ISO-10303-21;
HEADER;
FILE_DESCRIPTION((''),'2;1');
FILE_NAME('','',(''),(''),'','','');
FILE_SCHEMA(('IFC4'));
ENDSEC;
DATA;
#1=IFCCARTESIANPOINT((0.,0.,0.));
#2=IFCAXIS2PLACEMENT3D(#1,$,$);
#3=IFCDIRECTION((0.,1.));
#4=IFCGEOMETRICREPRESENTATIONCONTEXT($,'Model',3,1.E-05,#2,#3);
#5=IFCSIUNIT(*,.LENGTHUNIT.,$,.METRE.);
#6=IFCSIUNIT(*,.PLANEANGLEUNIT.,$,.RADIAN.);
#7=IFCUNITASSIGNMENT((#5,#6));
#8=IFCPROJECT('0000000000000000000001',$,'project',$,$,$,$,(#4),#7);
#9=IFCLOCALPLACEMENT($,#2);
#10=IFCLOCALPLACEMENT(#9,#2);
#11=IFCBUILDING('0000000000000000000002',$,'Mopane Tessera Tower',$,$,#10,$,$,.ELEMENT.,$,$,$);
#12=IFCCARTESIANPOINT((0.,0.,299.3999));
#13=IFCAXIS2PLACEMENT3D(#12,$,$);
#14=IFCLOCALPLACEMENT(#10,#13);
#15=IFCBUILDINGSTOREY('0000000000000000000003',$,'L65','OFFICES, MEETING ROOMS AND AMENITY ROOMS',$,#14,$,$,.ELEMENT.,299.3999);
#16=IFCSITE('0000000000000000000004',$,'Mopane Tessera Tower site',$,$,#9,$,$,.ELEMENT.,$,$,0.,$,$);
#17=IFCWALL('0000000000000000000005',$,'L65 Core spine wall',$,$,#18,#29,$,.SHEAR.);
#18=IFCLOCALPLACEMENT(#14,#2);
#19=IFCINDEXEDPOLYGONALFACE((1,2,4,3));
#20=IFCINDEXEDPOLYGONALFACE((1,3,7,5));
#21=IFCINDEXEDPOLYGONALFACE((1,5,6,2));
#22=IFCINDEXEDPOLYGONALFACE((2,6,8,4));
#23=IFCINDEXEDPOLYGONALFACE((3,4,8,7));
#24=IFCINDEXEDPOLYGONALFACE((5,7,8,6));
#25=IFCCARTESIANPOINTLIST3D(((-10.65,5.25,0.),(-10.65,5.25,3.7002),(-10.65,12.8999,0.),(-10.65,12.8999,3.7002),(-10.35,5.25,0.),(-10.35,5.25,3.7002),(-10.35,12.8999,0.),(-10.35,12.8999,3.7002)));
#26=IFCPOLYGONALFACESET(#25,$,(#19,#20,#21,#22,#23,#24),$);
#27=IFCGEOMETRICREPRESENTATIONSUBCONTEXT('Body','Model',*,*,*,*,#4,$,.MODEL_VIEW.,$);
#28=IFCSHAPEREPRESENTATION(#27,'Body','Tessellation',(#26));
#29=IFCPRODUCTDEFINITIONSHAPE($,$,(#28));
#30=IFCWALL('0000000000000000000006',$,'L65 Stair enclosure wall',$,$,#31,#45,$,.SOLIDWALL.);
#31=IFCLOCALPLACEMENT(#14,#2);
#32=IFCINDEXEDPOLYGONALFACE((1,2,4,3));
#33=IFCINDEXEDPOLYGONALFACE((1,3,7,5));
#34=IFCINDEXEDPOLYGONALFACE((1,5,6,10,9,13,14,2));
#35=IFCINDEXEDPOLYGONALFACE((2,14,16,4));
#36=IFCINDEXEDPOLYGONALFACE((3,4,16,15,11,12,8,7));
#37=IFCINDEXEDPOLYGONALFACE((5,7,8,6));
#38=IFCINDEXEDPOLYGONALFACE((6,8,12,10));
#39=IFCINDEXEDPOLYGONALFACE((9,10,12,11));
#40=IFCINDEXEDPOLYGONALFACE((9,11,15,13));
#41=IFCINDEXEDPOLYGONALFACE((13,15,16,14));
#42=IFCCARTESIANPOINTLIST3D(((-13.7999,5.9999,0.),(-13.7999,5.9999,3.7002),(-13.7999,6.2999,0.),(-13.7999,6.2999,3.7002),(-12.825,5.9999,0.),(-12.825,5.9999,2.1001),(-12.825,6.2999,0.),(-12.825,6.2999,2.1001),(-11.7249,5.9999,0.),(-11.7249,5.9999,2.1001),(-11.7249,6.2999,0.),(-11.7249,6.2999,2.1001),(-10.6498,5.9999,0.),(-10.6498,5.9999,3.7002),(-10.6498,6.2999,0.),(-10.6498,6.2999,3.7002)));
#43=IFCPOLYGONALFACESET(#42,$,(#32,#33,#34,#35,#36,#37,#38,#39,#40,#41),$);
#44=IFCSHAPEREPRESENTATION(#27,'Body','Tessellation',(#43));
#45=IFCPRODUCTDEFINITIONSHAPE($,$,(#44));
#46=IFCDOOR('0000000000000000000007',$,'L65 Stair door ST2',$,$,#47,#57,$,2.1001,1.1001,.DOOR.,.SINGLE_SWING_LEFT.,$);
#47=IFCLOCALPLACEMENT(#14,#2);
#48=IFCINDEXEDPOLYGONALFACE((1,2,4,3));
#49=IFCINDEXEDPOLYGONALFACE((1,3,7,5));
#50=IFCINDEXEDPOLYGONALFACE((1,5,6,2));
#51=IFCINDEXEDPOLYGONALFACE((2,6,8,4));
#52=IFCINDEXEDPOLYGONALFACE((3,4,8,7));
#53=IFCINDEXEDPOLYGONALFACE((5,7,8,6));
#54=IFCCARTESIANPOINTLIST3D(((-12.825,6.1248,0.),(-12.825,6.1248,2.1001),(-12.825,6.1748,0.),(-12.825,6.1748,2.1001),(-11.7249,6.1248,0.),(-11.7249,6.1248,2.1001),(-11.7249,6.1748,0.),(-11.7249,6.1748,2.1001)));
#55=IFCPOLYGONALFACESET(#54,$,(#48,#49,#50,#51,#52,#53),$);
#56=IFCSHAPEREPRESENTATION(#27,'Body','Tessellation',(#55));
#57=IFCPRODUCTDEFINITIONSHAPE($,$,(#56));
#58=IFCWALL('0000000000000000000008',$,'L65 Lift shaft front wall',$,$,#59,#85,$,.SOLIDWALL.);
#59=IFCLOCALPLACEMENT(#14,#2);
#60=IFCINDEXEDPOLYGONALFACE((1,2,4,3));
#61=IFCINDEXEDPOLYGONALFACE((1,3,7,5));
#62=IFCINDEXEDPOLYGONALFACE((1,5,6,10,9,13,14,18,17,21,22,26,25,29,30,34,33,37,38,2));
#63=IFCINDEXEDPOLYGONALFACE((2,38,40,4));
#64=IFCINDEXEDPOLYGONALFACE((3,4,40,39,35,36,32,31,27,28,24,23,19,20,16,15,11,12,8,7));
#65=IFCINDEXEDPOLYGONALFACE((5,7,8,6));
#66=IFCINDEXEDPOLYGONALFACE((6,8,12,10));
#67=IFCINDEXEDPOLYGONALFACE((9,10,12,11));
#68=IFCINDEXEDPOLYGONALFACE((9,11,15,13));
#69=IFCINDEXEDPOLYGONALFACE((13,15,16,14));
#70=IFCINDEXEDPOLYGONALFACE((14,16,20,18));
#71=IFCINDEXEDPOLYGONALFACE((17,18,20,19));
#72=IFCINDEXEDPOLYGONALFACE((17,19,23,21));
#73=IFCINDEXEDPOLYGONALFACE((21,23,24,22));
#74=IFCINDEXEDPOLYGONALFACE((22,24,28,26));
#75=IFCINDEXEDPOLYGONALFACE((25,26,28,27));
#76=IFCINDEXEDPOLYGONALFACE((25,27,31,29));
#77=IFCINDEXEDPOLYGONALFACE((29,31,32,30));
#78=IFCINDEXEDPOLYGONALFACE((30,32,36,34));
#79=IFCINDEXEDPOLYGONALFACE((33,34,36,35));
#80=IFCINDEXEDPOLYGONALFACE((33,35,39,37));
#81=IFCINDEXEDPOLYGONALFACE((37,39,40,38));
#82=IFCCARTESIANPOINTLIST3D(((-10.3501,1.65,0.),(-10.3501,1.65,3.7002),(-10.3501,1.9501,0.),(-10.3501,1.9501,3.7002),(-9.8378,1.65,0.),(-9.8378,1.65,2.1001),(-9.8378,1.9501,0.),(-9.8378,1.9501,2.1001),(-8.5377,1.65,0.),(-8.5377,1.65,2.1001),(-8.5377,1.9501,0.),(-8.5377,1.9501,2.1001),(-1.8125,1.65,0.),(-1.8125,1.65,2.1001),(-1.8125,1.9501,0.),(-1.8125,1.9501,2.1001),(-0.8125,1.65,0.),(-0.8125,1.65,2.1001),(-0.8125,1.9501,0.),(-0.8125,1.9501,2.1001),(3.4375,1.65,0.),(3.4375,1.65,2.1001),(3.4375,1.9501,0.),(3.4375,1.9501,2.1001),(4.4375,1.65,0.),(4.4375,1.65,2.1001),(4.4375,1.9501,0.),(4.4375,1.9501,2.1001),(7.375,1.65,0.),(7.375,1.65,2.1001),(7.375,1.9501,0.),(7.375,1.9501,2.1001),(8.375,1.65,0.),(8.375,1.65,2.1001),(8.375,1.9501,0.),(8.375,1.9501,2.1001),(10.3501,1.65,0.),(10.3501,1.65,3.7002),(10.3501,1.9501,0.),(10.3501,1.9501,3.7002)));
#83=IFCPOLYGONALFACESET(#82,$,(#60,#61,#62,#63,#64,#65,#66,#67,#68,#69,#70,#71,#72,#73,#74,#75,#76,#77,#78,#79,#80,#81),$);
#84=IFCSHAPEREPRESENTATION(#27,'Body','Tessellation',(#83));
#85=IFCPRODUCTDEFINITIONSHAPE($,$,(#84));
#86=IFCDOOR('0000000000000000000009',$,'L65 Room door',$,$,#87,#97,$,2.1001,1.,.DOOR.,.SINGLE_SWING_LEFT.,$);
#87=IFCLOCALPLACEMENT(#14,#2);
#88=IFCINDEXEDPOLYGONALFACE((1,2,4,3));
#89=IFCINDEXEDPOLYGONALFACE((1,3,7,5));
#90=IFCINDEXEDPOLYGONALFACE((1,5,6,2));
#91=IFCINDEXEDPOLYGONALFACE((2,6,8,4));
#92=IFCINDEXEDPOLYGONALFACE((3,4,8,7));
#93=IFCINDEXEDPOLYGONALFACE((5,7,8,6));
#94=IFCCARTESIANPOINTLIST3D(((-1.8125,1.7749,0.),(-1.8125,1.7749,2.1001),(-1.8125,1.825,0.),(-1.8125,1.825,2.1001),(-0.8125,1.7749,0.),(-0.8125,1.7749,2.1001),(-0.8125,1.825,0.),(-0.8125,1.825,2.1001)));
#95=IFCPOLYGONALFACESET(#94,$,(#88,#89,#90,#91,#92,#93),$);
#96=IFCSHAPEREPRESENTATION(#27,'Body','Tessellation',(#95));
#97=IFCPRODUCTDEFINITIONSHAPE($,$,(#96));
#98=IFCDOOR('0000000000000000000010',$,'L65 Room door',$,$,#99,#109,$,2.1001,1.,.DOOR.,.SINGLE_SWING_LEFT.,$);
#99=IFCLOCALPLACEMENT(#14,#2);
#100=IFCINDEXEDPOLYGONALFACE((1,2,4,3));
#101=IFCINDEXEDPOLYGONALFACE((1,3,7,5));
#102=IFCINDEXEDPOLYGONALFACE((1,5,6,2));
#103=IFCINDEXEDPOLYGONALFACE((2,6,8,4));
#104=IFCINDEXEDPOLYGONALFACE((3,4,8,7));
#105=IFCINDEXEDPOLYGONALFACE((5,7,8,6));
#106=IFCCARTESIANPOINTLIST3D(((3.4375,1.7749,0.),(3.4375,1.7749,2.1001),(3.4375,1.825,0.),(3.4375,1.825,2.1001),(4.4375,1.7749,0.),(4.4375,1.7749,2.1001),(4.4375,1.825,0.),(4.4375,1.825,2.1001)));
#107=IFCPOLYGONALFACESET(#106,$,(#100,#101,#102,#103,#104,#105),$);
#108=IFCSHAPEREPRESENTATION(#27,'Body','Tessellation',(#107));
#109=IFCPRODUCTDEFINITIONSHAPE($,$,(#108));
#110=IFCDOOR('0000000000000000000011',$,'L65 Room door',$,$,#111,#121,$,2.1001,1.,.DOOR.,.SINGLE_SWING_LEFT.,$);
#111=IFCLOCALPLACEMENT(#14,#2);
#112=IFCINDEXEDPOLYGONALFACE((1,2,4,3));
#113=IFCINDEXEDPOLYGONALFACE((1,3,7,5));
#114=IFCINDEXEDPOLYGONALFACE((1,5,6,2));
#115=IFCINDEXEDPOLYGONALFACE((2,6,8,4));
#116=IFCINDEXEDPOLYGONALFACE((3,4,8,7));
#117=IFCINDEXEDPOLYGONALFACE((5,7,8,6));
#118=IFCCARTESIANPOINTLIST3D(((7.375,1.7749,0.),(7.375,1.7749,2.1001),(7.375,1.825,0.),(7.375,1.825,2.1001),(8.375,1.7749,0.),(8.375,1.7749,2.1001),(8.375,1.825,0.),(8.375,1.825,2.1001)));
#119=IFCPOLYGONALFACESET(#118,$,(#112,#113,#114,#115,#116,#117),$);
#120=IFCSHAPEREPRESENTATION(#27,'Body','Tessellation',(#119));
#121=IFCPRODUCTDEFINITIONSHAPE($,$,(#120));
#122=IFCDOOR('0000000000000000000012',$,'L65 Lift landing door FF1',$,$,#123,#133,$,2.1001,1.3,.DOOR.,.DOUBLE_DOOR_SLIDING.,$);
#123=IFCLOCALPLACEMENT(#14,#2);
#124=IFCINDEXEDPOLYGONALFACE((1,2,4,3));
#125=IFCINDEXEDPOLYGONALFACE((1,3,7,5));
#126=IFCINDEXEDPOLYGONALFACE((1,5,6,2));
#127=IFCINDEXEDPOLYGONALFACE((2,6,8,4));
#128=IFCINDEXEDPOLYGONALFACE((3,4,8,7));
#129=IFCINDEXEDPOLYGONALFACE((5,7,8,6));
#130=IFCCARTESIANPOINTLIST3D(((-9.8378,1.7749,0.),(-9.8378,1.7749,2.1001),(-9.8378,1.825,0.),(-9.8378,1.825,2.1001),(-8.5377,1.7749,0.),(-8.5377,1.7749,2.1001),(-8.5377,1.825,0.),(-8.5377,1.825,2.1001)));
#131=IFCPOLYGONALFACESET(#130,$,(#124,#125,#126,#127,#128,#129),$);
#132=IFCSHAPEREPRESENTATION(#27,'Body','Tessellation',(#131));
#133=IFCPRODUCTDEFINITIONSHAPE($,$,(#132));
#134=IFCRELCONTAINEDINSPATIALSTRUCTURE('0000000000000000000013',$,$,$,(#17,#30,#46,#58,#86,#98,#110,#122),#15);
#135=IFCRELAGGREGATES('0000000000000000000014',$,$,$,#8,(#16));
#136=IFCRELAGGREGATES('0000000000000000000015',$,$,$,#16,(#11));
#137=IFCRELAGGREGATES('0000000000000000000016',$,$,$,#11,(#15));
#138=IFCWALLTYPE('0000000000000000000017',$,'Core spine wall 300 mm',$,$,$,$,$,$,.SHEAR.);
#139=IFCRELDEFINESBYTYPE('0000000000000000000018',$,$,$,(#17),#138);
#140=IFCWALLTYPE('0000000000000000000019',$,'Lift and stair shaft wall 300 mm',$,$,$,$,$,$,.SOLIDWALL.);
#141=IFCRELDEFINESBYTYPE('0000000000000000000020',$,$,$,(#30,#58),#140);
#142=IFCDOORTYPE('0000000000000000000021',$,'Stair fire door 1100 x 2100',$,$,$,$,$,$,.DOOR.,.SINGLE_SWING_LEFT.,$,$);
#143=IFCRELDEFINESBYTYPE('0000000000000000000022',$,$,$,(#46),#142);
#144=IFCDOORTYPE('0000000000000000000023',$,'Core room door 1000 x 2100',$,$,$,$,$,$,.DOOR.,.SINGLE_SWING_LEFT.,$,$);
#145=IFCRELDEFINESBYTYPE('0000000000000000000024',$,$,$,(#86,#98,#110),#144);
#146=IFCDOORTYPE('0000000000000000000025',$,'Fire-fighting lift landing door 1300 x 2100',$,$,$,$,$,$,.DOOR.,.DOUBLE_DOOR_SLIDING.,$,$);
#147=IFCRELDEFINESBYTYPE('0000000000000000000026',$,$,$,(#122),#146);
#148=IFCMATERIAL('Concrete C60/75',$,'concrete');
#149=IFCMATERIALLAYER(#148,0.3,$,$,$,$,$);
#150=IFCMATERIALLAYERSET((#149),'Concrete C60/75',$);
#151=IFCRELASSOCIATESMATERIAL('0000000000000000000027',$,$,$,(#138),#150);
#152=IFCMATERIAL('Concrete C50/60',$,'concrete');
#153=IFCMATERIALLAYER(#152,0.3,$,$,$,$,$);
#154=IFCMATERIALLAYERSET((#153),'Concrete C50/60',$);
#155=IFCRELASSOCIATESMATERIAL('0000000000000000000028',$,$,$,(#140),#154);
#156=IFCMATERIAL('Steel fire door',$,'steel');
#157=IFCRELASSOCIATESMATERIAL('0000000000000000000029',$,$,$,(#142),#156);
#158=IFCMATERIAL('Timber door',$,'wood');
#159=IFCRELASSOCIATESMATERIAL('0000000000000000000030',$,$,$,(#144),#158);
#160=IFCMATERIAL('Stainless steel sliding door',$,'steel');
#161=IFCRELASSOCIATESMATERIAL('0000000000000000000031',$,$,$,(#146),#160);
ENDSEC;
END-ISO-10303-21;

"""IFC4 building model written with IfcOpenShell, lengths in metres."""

from ifc_helpers import new_model, si_unit, direction, frame, frame_2d, origin, place, context, subcontext, project, spatial, rectangle, extrude, material, layer, layer_set, type_object, element, fill, save


model = new_model("IFC4")

# Units and contexts
model_context = context("Model", 3, precision=1e-05, world=origin(), true_north=direction((0.0, 1.0)))
body_context = subcontext(model_context, "Body", "Model", "MODEL_VIEW")
ifc_project = project(units=[si_unit("LENGTHUNIT", "METRE"), si_unit("PLANEANGLEUNIT", "RADIAN")], contexts=[model_context])

# Site, building, storey
site_placement = place(None, origin())
site = spatial("IfcSite", under=ifc_project, at=site_placement, Name="Mopane Tessera Tower site", CompositionType="ELEMENT", RefElevation=0.0)
building_placement = place(site_placement, origin())
building = spatial("IfcBuilding", under=site, at=building_placement, Name="Mopane Tessera Tower", CompositionType="ELEMENT")
storey_placement = place(building_placement, frame((0.0, 0.0, 299.3999)))
storey = spatial("IfcBuildingStorey", under=building, at=storey_placement, Name="L65", Description="OFFICES, MEETING ROOMS AND AMENITY ROOMS", CompositionType="ELEMENT", Elevation=299.3999)

# Wall
ifc_material_1 = material(Name="Concrete C60/75", Category="concrete")
ifc_layer_1 = layer(ifc_material_1, 0.3)
ifc_layer_set_1 = layer_set([ifc_layer_1], Name="Concrete C60/75")
wall_type_1 = type_object("IfcWallType", Name="Core spine wall 300 mm", PredefinedType="SHEAR", material=ifc_layer_set_1)
wall_1_placement = place(storey_placement, frame((-10.5, 5.25, 0.0), z_axis=(0.0, 0.0, 1.0), x_axis=(0.0, 1.0, 0.0)))
element("IfcWall", 1, at=wall_1_placement, inside=storey, type_object=wall_type_1, Name="L65 Core spine wall", PredefinedType="SHEAR", context=body_context, shape_type="SweptSolid", body=[
    extrude(rectangle(XDim=7.6499, YDim=0.3, at=frame_2d((3.825, 0.0))), origin(), (0.0, 0.0, 1.0), 3.7002),
])

# Wall, opening, door
ifc_material_2 = material(Name="Concrete C50/60", Category="concrete")
ifc_layer_2 = layer(ifc_material_2, 0.3)
ifc_layer_set_2 = layer_set([ifc_layer_2], Name="Concrete C50/60")
wall_type_2 = type_object("IfcWallType", Name="Lift and stair shaft wall 300 mm", PredefinedType="SOLIDWALL", material=ifc_layer_set_2)
wall_2_placement = place(storey_placement, frame((-13.8, 6.1499, 0.0), z_axis=(0.0, 0.0, 1.0), x_axis=(1.0, 0.0, 0.0)))
wall_2 = element("IfcWall", 2, at=wall_2_placement, inside=storey, type_object=wall_type_2, Name="L65 Stair enclosure wall", PredefinedType="SOLIDWALL", context=body_context, shape_type="SweptSolid", body=[
    extrude(rectangle(XDim=3.1501, YDim=0.3, at=frame_2d((1.5752, 0.0))), origin(), (0.0, 0.0, 1.0), 3.7002),
])
opening_1_placement = place(wall_2_placement, frame((0.9751, 0.0, 0.0)))
opening_1 = element("IfcOpeningElement", 3, at=opening_1_placement, cuts=wall_2, PredefinedType="OPENING", context=body_context, shape_type="SweptSolid", body=[
    extrude(rectangle(XDim=1.1001, YDim=2.1001, at=frame_2d((0.55, 1.05))), frame((0.0, 0.1621, 0.0), z_axis=(0.0, -1.0, 0.0), x_axis=(1.0, 0.0, 0.0)), (0.0, 0.0, 1.0), 0.324),
])
ifc_material_3 = material(Name="Steel fire door", Category="steel")
door_type_1 = type_object("IfcDoorType", Name="Stair fire door 1100 x 2100", OperationType="SINGLE_SWING_LEFT", PredefinedType="DOOR", material=ifc_material_3)
door_1_placement = place(opening_1_placement, origin())
door_1 = element("IfcDoor", 4, at=door_1_placement, inside=storey, type_object=door_type_1, Name="L65 Stair door ST2", OperationType="SINGLE_SWING_LEFT", OverallHeight=2.1001, OverallWidth=1.1001, PredefinedType="DOOR", context=body_context, shape_type="SweptSolid", body=[
    extrude(rectangle(XDim=1.1001, YDim=2.1001, at=frame_2d((0.55, 1.05))), frame((0.0, 0.0249, 0.0), z_axis=(0.0, -1.0, 0.0), x_axis=(1.0, 0.0, 0.0)), (0.0, 0.0, 1.0), 0.05),
])
fill(opening_1, door_1)

# Wall, openings, doors
wall_3_placement = place(storey_placement, frame((-10.3501, 1.8, 0.0), z_axis=(0.0, 0.0, 1.0), x_axis=(1.0, 0.0, 0.0)))
wall_3 = element("IfcWall", 5, at=wall_3_placement, inside=storey, type_object=wall_type_2, Name="L65 Lift shaft front wall", PredefinedType="SOLIDWALL", context=body_context, shape_type="SweptSolid", body=[
    extrude(rectangle(XDim=20.7002, YDim=0.3, at=frame_2d((10.3501, 0.0))), origin(), (0.0, 0.0, 1.0), 3.7002),
])
opening_2_placement = place(wall_3_placement, frame((0.5125, 0.0, 0.0)))
opening_2 = element("IfcOpeningElement", 6, at=opening_2_placement, cuts=wall_3, PredefinedType="OPENING", context=body_context, shape_type="SweptSolid", body=[
    extrude(rectangle(XDim=1.3, YDim=2.1001, at=frame_2d((0.6499, 1.05))), frame((0.0, 0.1621, 0.0), z_axis=(0.0, -1.0, 0.0), x_axis=(1.0, 0.0, 0.0)), (0.0, 0.0, 1.0), 0.324),
])
opening_3_placement = place(wall_3_placement, frame((8.5376, 0.0, 0.0)))
opening_3 = element("IfcOpeningElement", 7, at=opening_3_placement, cuts=wall_3, PredefinedType="OPENING", context=body_context, shape_type="SweptSolid", body=[
    extrude(rectangle(XDim=1.0, YDim=2.1001, at=frame_2d((0.5, 1.05))), frame((0.0, 0.1621, 0.0), z_axis=(0.0, -1.0, 0.0), x_axis=(1.0, 0.0, 0.0)), (0.0, 0.0, 1.0), 0.324),
])
opening_4_placement = place(wall_3_placement, frame((13.7876, 0.0, 0.0)))
opening_4 = element("IfcOpeningElement", 8, at=opening_4_placement, cuts=wall_3, PredefinedType="OPENING", context=body_context, shape_type="SweptSolid", body=[
    extrude(rectangle(XDim=1.0, YDim=2.1001, at=frame_2d((0.5, 1.05))), frame((0.0, 0.1621, 0.0), z_axis=(0.0, -1.0, 0.0), x_axis=(1.0, 0.0, 0.0)), (0.0, 0.0, 1.0), 0.324),
])
opening_5_placement = place(wall_3_placement, frame((17.7251, 0.0, 0.0)))
opening_5 = element("IfcOpeningElement", 9, at=opening_5_placement, cuts=wall_3, PredefinedType="OPENING", context=body_context, shape_type="SweptSolid", body=[
    extrude(rectangle(XDim=1.0, YDim=2.1001, at=frame_2d((0.5, 1.05))), frame((0.0, 0.1621, 0.0), z_axis=(0.0, -1.0, 0.0), x_axis=(1.0, 0.0, 0.0)), (0.0, 0.0, 1.0), 0.324),
])
ifc_material_4 = material(Name="Timber door", Category="wood")
door_type_2 = type_object("IfcDoorType", Name="Core room door 1000 x 2100", OperationType="SINGLE_SWING_LEFT", PredefinedType="DOOR", material=ifc_material_4)
door_2_placement = place(opening_3_placement, origin())
door_2 = element("IfcDoor", 10, at=door_2_placement, inside=storey, type_object=door_type_2, Name="L65 Room door", OperationType="SINGLE_SWING_LEFT", OverallHeight=2.1001, OverallWidth=1.0, PredefinedType="DOOR", context=body_context, shape_type="SweptSolid", body=[
    extrude(rectangle(XDim=1.0, YDim=2.1001, at=frame_2d((0.5, 1.05))), frame((0.0, 0.0249, 0.0), z_axis=(0.0, -1.0, 0.0), x_axis=(1.0, 0.0, 0.0)), (0.0, 0.0, 1.0), 0.05),
])
fill(opening_3, door_2)
door_3_placement = place(opening_4_placement, origin())
door_3 = element("IfcDoor", 11, at=door_3_placement, inside=storey, type_object=door_type_2, Name="L65 Room door", OperationType="SINGLE_SWING_LEFT", OverallHeight=2.1001, OverallWidth=1.0, PredefinedType="DOOR", context=body_context, shape_type="SweptSolid", body=[
    extrude(rectangle(XDim=1.0, YDim=2.1001, at=frame_2d((0.5, 1.05))), frame((0.0, 0.0249, 0.0), z_axis=(0.0, -1.0, 0.0), x_axis=(1.0, 0.0, 0.0)), (0.0, 0.0, 1.0), 0.05),
])
fill(opening_4, door_3)
door_4_placement = place(opening_5_placement, origin())
door_4 = element("IfcDoor", 12, at=door_4_placement, inside=storey, type_object=door_type_2, Name="L65 Room door", OperationType="SINGLE_SWING_LEFT", OverallHeight=2.1001, OverallWidth=1.0, PredefinedType="DOOR", context=body_context, shape_type="SweptSolid", body=[
    extrude(rectangle(XDim=1.0, YDim=2.1001, at=frame_2d((0.5, 1.05))), frame((0.0, 0.0249, 0.0), z_axis=(0.0, -1.0, 0.0), x_axis=(1.0, 0.0, 0.0)), (0.0, 0.0, 1.0), 0.05),
])
fill(opening_5, door_4)
ifc_material_5 = material(Name="Stainless steel sliding door", Category="steel")
door_type_3 = type_object("IfcDoorType", Name="Fire-fighting lift landing door 1300 x 2100", OperationType="DOUBLE_DOOR_SLIDING", PredefinedType="DOOR", material=ifc_material_5)
door_5_placement = place(opening_2_placement, origin())
door_5 = element("IfcDoor", 13, at=door_5_placement, inside=storey, type_object=door_type_3, Name="L65 Lift landing door FF1", OperationType="DOUBLE_DOOR_SLIDING", OverallHeight=2.1001, OverallWidth=1.3, PredefinedType="DOOR", context=body_context, shape_type="SweptSolid", body=[
    extrude(rectangle(XDim=1.3, YDim=2.1001, at=frame_2d((0.6499, 1.05))), frame((0.0, 0.0249, 0.0), z_axis=(0.0, -1.0, 0.0), x_axis=(1.0, 0.0, 0.0)), (0.0, 0.0, 1.0), 0.05),
])
fill(opening_2, door_5)

save(model, "model.ifc")
